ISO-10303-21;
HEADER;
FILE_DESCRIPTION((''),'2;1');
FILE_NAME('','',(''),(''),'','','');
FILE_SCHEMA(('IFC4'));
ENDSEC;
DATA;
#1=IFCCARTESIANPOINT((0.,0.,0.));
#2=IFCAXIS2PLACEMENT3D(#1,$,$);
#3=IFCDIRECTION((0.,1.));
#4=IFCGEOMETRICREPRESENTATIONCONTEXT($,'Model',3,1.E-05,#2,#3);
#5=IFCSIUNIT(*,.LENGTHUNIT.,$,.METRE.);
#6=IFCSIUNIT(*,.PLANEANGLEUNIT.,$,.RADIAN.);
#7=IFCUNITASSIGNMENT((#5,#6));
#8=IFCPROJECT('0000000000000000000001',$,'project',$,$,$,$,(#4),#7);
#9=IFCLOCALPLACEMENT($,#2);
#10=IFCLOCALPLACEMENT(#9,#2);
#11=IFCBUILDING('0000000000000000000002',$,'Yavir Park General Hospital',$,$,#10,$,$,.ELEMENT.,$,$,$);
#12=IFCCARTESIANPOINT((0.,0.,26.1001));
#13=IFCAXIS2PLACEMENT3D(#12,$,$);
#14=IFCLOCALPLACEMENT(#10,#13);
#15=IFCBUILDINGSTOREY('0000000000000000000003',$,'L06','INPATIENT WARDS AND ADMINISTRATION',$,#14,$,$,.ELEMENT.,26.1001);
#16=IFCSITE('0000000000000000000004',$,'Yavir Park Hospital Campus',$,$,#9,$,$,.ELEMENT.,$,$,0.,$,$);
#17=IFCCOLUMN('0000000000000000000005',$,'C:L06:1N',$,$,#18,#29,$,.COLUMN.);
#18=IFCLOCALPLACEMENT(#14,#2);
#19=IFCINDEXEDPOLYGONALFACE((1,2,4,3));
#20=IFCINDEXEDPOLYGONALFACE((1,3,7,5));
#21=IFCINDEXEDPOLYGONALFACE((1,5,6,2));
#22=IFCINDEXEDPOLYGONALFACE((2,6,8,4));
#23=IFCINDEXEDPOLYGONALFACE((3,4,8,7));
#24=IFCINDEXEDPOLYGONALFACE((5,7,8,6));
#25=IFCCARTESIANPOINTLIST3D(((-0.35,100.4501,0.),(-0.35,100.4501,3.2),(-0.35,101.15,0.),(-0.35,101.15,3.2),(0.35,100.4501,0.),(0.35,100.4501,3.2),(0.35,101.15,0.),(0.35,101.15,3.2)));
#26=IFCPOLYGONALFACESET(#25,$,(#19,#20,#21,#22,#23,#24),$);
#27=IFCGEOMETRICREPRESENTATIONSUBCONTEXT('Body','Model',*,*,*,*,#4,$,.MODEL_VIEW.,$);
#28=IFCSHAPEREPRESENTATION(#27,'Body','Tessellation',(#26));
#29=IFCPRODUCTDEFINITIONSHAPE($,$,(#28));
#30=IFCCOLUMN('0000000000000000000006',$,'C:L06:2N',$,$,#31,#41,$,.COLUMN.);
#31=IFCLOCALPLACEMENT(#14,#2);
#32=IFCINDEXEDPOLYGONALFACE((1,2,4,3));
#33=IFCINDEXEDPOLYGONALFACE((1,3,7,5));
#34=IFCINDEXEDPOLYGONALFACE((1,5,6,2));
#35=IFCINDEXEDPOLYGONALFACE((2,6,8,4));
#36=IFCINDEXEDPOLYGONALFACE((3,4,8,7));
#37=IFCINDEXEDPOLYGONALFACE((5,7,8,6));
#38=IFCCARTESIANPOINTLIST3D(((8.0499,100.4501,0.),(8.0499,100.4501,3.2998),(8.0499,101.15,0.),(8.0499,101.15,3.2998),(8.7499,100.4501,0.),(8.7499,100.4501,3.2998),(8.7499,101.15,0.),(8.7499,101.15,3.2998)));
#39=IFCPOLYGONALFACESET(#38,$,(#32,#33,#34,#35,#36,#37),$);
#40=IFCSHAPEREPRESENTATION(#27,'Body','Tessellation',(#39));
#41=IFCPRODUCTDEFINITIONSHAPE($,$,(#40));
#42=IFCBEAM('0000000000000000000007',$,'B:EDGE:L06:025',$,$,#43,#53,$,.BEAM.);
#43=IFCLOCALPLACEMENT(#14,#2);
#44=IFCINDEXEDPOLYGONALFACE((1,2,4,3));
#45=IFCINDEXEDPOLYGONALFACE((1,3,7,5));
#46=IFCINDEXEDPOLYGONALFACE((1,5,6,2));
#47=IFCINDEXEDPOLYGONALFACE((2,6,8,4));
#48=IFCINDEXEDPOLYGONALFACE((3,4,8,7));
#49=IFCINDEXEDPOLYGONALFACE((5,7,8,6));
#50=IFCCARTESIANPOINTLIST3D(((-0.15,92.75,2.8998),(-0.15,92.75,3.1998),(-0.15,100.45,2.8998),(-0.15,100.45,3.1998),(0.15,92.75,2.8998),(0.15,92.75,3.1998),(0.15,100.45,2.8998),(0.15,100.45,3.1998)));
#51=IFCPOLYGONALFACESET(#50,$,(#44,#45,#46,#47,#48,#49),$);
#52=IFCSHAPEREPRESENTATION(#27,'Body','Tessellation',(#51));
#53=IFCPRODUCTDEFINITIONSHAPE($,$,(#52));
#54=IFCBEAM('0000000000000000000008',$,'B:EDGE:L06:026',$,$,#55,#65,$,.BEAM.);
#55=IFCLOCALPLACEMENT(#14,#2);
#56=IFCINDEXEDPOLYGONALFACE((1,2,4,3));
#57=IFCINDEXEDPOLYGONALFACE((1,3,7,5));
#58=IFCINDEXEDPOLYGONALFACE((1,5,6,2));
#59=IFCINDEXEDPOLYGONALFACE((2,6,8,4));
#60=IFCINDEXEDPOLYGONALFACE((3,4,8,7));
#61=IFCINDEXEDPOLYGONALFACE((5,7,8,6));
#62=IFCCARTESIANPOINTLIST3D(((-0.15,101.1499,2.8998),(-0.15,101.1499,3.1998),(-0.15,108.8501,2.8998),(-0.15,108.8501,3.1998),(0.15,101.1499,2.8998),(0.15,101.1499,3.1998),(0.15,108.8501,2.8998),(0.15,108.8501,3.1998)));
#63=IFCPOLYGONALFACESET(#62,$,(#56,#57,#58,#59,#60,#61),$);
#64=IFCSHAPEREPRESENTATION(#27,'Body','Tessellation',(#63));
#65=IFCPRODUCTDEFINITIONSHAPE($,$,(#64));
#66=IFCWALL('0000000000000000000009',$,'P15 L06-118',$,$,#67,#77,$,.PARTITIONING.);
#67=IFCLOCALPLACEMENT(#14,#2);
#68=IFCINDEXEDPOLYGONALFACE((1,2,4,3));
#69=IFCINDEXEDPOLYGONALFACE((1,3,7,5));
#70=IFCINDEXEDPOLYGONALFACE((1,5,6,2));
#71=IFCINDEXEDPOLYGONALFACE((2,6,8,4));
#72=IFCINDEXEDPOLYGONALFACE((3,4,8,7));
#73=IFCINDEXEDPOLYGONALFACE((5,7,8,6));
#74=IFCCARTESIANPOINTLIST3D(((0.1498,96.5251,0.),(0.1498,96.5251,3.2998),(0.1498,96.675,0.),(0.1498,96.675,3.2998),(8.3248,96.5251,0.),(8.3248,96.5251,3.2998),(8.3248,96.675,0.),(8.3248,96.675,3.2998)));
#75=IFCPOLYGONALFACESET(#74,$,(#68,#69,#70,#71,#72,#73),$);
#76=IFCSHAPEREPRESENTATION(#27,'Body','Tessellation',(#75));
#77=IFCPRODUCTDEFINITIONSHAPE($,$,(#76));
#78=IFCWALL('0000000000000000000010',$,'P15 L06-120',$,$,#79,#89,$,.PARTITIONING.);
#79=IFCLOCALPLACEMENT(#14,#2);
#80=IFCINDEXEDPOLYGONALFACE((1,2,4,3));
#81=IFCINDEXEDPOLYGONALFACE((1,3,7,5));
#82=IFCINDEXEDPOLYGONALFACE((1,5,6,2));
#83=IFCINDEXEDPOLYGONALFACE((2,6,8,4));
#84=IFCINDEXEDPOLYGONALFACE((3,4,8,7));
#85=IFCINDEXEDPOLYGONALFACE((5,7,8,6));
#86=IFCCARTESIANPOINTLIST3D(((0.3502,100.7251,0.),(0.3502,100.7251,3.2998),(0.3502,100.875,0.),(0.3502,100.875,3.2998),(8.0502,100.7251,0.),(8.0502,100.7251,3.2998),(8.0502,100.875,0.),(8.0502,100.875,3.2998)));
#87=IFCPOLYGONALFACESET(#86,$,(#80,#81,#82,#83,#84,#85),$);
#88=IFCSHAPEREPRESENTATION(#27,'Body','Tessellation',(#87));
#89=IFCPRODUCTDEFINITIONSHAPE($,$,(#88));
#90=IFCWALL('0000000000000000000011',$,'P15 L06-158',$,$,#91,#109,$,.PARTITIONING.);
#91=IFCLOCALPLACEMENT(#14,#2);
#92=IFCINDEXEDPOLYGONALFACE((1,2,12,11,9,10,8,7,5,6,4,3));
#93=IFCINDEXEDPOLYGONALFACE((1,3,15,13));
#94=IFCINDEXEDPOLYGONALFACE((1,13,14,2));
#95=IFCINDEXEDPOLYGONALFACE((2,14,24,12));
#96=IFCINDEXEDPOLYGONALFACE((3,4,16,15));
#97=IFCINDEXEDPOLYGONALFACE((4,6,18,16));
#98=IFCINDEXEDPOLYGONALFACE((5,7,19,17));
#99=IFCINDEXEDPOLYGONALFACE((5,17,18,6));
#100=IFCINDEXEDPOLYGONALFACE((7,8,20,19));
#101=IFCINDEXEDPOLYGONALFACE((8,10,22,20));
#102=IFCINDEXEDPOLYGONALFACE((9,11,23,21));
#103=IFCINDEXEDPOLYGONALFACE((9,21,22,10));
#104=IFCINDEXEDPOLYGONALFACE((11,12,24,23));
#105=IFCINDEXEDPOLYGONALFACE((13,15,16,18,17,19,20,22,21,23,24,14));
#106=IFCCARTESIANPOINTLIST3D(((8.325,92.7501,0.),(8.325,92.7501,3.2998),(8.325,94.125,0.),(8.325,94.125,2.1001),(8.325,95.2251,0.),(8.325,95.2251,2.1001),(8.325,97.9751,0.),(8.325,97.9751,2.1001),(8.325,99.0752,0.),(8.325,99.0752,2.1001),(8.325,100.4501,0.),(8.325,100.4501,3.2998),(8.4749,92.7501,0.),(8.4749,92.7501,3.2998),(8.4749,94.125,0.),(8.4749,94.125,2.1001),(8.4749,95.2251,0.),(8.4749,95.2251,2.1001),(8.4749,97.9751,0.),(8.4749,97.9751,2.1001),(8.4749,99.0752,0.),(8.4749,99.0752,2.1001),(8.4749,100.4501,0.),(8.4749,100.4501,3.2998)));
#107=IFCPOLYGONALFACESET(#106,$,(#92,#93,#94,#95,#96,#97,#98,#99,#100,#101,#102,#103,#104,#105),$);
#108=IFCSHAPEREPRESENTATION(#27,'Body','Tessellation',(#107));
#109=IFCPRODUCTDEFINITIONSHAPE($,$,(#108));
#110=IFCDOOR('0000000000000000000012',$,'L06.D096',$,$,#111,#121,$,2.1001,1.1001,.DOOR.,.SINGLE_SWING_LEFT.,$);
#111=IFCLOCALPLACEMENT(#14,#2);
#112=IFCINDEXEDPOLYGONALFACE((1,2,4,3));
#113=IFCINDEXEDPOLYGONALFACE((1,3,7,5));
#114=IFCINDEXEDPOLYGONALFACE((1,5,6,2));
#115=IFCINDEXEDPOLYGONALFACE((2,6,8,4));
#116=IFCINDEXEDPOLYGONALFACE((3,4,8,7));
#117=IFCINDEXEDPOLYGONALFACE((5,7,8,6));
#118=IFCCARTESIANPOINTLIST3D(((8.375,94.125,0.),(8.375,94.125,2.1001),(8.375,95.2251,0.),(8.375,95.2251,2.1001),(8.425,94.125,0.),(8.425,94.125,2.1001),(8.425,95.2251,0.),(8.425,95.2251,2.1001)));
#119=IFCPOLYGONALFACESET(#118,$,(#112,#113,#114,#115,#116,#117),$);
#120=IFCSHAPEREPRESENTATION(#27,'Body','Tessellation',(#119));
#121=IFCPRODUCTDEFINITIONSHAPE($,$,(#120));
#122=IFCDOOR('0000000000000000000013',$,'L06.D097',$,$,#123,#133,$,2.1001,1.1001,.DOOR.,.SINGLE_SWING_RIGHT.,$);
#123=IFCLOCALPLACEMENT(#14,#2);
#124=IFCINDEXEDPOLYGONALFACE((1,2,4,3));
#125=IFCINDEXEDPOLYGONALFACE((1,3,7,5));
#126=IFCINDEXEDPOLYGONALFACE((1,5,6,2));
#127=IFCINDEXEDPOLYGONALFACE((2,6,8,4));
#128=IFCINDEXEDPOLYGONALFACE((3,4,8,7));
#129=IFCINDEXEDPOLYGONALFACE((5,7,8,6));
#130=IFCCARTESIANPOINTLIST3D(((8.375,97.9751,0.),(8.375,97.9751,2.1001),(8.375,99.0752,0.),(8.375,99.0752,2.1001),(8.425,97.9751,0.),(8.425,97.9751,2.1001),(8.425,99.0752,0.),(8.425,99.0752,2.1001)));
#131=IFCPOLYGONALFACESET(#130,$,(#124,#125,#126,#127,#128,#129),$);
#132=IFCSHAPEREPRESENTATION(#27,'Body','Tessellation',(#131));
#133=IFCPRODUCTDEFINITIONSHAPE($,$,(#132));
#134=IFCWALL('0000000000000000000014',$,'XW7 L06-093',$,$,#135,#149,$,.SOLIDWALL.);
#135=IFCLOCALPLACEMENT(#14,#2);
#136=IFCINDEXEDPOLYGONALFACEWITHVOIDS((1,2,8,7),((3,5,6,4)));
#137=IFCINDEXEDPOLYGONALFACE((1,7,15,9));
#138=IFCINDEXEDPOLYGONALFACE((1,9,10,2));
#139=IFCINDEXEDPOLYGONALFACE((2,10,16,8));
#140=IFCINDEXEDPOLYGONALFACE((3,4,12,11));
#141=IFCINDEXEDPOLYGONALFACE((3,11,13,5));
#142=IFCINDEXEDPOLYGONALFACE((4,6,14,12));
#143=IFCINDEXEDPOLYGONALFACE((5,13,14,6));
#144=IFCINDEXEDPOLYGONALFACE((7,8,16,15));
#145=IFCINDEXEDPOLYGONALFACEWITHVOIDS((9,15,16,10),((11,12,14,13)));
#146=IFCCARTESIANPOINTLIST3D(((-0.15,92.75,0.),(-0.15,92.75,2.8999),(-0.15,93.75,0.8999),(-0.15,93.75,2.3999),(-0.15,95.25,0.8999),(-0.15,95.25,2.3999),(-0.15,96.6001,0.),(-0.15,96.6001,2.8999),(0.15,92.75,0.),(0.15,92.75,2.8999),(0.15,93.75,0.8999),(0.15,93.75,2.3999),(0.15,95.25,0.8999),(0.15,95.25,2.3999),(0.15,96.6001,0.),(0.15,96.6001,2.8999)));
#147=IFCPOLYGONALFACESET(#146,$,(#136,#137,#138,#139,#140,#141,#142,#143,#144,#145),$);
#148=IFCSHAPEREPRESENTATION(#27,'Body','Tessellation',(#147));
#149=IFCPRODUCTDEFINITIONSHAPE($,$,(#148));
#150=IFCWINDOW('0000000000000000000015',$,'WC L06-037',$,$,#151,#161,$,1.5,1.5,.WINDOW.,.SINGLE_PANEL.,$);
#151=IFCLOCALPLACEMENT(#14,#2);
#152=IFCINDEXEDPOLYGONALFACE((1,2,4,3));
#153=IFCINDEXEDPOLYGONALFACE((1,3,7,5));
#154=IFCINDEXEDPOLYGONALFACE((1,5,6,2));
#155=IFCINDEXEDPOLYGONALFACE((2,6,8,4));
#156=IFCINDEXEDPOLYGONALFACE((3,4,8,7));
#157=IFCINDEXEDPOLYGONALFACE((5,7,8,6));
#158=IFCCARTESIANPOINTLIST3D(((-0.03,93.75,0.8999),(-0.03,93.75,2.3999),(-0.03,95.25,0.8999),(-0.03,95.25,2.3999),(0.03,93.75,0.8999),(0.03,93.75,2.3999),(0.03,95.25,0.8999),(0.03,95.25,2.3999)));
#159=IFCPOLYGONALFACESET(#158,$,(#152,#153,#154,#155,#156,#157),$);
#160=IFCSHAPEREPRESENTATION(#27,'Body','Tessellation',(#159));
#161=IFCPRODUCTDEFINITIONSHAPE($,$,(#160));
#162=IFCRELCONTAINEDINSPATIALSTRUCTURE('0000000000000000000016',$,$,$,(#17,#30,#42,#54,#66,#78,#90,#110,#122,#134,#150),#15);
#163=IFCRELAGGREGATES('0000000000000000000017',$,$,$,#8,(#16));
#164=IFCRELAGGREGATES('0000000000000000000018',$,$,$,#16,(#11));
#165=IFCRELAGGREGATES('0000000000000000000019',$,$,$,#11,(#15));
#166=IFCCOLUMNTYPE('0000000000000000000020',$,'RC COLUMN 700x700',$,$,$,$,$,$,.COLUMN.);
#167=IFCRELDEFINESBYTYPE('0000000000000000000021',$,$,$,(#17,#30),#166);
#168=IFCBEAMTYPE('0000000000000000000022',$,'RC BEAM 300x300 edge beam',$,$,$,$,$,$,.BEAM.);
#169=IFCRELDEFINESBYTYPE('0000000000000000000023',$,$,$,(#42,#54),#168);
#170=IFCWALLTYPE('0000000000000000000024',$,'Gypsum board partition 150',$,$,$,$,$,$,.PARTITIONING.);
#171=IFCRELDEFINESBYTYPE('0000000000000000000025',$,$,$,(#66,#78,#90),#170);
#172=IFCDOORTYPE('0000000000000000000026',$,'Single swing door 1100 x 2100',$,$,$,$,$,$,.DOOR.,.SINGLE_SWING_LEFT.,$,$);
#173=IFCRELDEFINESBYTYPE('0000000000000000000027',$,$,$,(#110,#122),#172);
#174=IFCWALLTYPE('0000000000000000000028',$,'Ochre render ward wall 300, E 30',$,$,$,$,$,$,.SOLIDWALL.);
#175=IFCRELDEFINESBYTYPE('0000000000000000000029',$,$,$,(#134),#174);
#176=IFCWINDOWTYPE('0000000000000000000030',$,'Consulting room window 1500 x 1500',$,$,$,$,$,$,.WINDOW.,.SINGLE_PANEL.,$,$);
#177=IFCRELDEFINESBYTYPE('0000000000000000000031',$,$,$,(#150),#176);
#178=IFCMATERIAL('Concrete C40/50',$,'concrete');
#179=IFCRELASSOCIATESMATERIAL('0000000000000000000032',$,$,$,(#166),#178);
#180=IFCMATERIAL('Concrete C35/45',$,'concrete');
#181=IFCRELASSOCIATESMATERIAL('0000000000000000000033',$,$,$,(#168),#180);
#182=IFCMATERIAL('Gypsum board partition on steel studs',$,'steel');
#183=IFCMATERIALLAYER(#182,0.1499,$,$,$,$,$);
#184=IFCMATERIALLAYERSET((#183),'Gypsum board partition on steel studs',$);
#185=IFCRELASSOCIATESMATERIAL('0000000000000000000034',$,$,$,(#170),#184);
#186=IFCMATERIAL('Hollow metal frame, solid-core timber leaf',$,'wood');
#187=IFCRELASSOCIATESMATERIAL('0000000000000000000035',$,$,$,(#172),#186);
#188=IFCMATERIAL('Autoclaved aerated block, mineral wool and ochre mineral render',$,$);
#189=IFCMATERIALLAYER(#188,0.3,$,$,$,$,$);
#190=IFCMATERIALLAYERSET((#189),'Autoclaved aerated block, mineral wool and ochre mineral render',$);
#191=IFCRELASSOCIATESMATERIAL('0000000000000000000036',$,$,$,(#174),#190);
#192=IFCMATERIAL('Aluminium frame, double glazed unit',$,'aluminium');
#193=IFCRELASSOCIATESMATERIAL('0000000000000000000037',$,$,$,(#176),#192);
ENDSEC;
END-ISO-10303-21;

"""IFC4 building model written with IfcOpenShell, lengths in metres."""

from ifc_helpers import new_model, si_unit, direction, frame, frame_2d, origin, origin_2d, place, context, subcontext, project, spatial, rectangle, extrude, material, layer, layer_set, material_profile, profile_set, type_object, element, fill, save


model = new_model("IFC4")

# Units and contexts
model_context = context("Model", 3, precision=1e-05, world=origin(), true_north=direction((0.0, 1.0)))
body_context = subcontext(model_context, "Body", "Model", "MODEL_VIEW")
ifc_project = project(units=[si_unit("LENGTHUNIT", "METRE"), si_unit("PLANEANGLEUNIT", "RADIAN")], contexts=[model_context])

# Site, building, storey
site_placement = place(None, origin())
site = spatial("IfcSite", under=ifc_project, at=site_placement, Name="Yavir Park Hospital Campus", CompositionType="ELEMENT", RefElevation=0.0)
building_placement = place(site_placement, origin())
building = spatial("IfcBuilding", under=site, at=building_placement, Name="Yavir Park General Hospital", CompositionType="ELEMENT")
storey_placement = place(building_placement, frame((0.0, 0.0, 26.1001)))
storey = spatial("IfcBuildingStorey", under=building, at=storey_placement, Name="L06", Description="INPATIENT WARDS AND ADMINISTRATION", CompositionType="ELEMENT", Elevation=26.1001)

# Columns
ifc_material_1 = material(Name="Concrete C40/50", Category="concrete")
ifc_material_profile_1 = material_profile(ifc_material_1, rectangle(XDim=0.7, YDim=0.7, at=origin_2d()), Name="RC700x700")
ifc_profile_set_1 = profile_set([ifc_material_profile_1], Name="Concrete C40/50")
column_type = type_object("IfcColumnType", Name="RC COLUMN 700x700", PredefinedType="COLUMN", material=ifc_profile_set_1)
column_1_placement = place(storey_placement, frame((0.0, 100.8, 0.0), z_axis=(0.0, 0.0, 1.0), x_axis=(1.0, 0.0, 0.0)))
element("IfcColumn", 1, at=column_1_placement, inside=storey, type_object=column_type, Name="C:L06:1N", PredefinedType="COLUMN", context=body_context, shape_type="SweptSolid", body=[
    extrude(rectangle(XDim=0.7, YDim=0.7, at=origin_2d()), origin(), (0.0, 0.0, 1.0), 3.2),
])
column_2_placement = place(storey_placement, frame((8.3999, 100.8, 0.0), z_axis=(0.0, 0.0, 1.0), x_axis=(1.0, 0.0, 0.0)))
element("IfcColumn", 2, at=column_2_placement, inside=storey, type_object=column_type, Name="C:L06:2N", PredefinedType="COLUMN", context=body_context, shape_type="SweptSolid", body=[
    extrude(rectangle(XDim=0.7, YDim=0.7, at=origin_2d()), origin(), (0.0, 0.0, 1.0), 3.2998),
])

# Beams
ifc_material_2 = material(Name="Concrete C35/45", Category="concrete")
ifc_material_profile_2 = material_profile(ifc_material_2, rectangle(XDim=0.3, YDim=0.3, at=origin_2d()), Name="RC300x300")
ifc_profile_set_2 = profile_set([ifc_material_profile_2], Name="Concrete C35/45")
beam_type = type_object("IfcBeamType", Name="RC BEAM 300x300 edge beam", PredefinedType="BEAM", material=ifc_profile_set_2)
beam_1_placement = place(storey_placement, frame((0.0, 92.75, 3.0498), z_axis=(0.0, 1.0, 0.0), x_axis=(-1.0, 0.0, 0.0)))
element("IfcBeam", 3, at=beam_1_placement, inside=storey, type_object=beam_type, Name="B:EDGE:L06:025", PredefinedType="BEAM", context=body_context, shape_type="SweptSolid", body=[
    extrude(rectangle(XDim=0.3, YDim=0.3, at=origin_2d()), origin(), (0.0, 0.0, 1.0), 7.7),
])
beam_2_placement = place(storey_placement, frame((0.0, 101.1499, 3.0498), z_axis=(0.0, 1.0, 0.0), x_axis=(-1.0, 0.0, 0.0)))
element("IfcBeam", 4, at=beam_2_placement, inside=storey, type_object=beam_type, Name="B:EDGE:L06:026", PredefinedType="BEAM", context=body_context, shape_type="SweptSolid", body=[
    extrude(rectangle(XDim=0.3, YDim=0.3, at=origin_2d()), origin(), (0.0, 0.0, 1.0), 7.7002),
])

# Walls
ifc_material_3 = material(Name="Gypsum board partition on steel studs", Category="steel")
ifc_layer_1 = layer(ifc_material_3, 0.1499)
ifc_layer_set_1 = layer_set([ifc_layer_1], Name="Gypsum board partition on steel studs")
wall_type_1 = type_object("IfcWallType", Name="Gypsum board partition 150", PredefinedType="PARTITIONING", material=ifc_layer_set_1)
wall_1_placement = place(storey_placement, frame((0.1499, 96.6001, 0.0), z_axis=(0.0, 0.0, 1.0), x_axis=(1.0, 0.0, 0.0)))
element("IfcWall", 5, at=wall_1_placement, inside=storey, type_object=wall_type_1, Name="P15 L06-118", PredefinedType="PARTITIONING", context=body_context, shape_type="SweptSolid", body=[
    extrude(rectangle(XDim=8.175, YDim=0.1499, at=frame_2d((4.0874, 0.0))), origin(), (0.0, 0.0, 1.0), 3.2998),
])
wall_2_placement = place(storey_placement, frame((0.3501, 100.8, 0.0), z_axis=(0.0, 0.0, 1.0), x_axis=(1.0, 0.0, 0.0)))
element("IfcWall", 6, at=wall_2_placement, inside=storey, type_object=wall_type_1, Name="P15 L06-120", PredefinedType="PARTITIONING", context=body_context, shape_type="SweptSolid", body=[
    extrude(rectangle(XDim=7.7, YDim=0.1499, at=frame_2d((3.8501, 0.0))), origin(), (0.0, 0.0, 1.0), 3.2998),
])

# Wall, openings, doors
wall_3_placement = place(storey_placement, frame((8.3999, 92.75, 0.0), z_axis=(0.0, 0.0, 1.0), x_axis=(0.0, 1.0, 0.0)))
wall_3 = element("IfcWall", 7, at=wall_3_placement, inside=storey, type_object=wall_type_1, Name="P15 L06-158", PredefinedType="PARTITIONING", context=body_context, shape_type="SweptSolid", body=[
    extrude(rectangle(XDim=7.7, YDim=0.1499, at=frame_2d((3.8501, 0.0))), origin(), (0.0, 0.0, 1.0), 3.2998),
])
opening_1_placement = place(wall_3_placement, frame((1.375, 0.0, 0.0)))
opening_1 = element("IfcOpeningElement", 8, at=opening_1_placement, cuts=wall_3, PredefinedType="OPENING", context=body_context, shape_type="SweptSolid", body=[
    extrude(rectangle(XDim=1.1001, YDim=2.1001, at=frame_2d((0.55, 1.05))), frame((0.0, 0.085, 0.0), z_axis=(0.0, -1.0, 0.0), x_axis=(1.0, 0.0, 0.0)), (0.0, 0.0, 1.0), 0.1699),
])
opening_2_placement = place(wall_3_placement, frame((5.2251, 0.0, 0.0)))
opening_2 = element("IfcOpeningElement", 9, at=opening_2_placement, cuts=wall_3, PredefinedType="OPENING", context=body_context, shape_type="SweptSolid", body=[
    extrude(rectangle(XDim=1.1001, YDim=2.1001, at=frame_2d((0.55, 1.05))), frame((0.0, 0.085, 0.0), z_axis=(0.0, -1.0, 0.0), x_axis=(1.0, 0.0, 0.0)), (0.0, 0.0, 1.0), 0.1699),
])
ifc_material_4 = material(Name="Hollow metal frame, solid-core timber leaf", Category="wood")
door_type = type_object("IfcDoorType", Name="Single swing door 1100 x 2100", OperationType="SINGLE_SWING_LEFT", PredefinedType="DOOR", material=ifc_material_4)
door_1_placement = place(opening_1_placement, origin())
door_1 = element("IfcDoor", 10, at=door_1_placement, inside=storey, type_object=door_type, Name="L06.D096", OperationType="SINGLE_SWING_LEFT", OverallHeight=2.1001, OverallWidth=1.1001, PredefinedType="DOOR", context=body_context, shape_type="SweptSolid", body=[
    extrude(rectangle(XDim=1.1001, YDim=2.1001, at=frame_2d((0.55, 1.05))), frame((0.0, 0.0249, 0.0), z_axis=(0.0, -1.0, 0.0), x_axis=(1.0, 0.0, 0.0)), (0.0, 0.0, 1.0), 0.05),
])
fill(opening_1, door_1)
door_2_placement = place(opening_2_placement, origin())
door_2 = element("IfcDoor", 11, at=door_2_placement, inside=storey, type_object=door_type, Name="L06.D097", OperationType="SINGLE_SWING_RIGHT", OverallHeight=2.1001, OverallWidth=1.1001, PredefinedType="DOOR", context=body_context, shape_type="SweptSolid", body=[
    extrude(rectangle(XDim=1.1001, YDim=2.1001, at=frame_2d((0.55, 1.05))), frame((0.0, 0.0249, 0.0), z_axis=(0.0, -1.0, 0.0), x_axis=(1.0, 0.0, 0.0)), (0.0, 0.0, 1.0), 0.05),
])
fill(opening_2, door_2)

# Wall, opening, window
ifc_material_5 = material(Name="Autoclaved aerated block, mineral wool and ochre mineral render")
ifc_layer_2 = layer(ifc_material_5, 0.3)
ifc_layer_set_2 = layer_set([ifc_layer_2], Name="Autoclaved aerated block, mineral wool and ochre mineral render")
wall_type_2 = type_object("IfcWallType", Name="Ochre render ward wall 300, E 30", PredefinedType="SOLIDWALL", material=ifc_layer_set_2)
wall_4_placement = place(storey_placement, frame((0.0, 92.75, 0.0), z_axis=(0.0, 0.0, 1.0), x_axis=(0.0, 1.0, 0.0)))
wall_4 = element("IfcWall", 12, at=wall_4_placement, inside=storey, type_object=wall_type_2, Name="XW7 L06-093", PredefinedType="SOLIDWALL", context=body_context, shape_type="SweptSolid", body=[
    extrude(rectangle(XDim=3.8501, YDim=0.3, at=frame_2d((1.925, 0.0))), origin(), (0.0, 0.0, 1.0), 2.8999),
])
opening_3_placement = place(wall_4_placement, frame((1.0, 0.0, 0.8999)))
opening_3 = element("IfcOpeningElement", 13, at=opening_3_placement, cuts=wall_4, PredefinedType="OPENING", context=body_context, shape_type="SweptSolid", body=[
    extrude(rectangle(XDim=1.5, YDim=1.5, at=frame_2d((0.75, 0.75))), frame((0.0, 0.1599, 0.0), z_axis=(0.0, -1.0, 0.0), x_axis=(1.0, 0.0, 0.0)), (0.0, 0.0, 1.0), 0.3201),
])
ifc_material_6 = material(Name="Aluminium frame, double glazed unit", Category="aluminium")
window_type = type_object("IfcWindowType", Name="Consulting room window 1500 x 1500", PartitioningType="SINGLE_PANEL", PredefinedType="WINDOW", material=ifc_material_6)
window_1_placement = place(opening_3_placement, origin())
window_1 = element("IfcWindow", 14, at=window_1_placement, inside=storey, type_object=window_type, Name="WC L06-037", OverallHeight=1.5, OverallWidth=1.5, PartitioningType="SINGLE_PANEL", PredefinedType="WINDOW", context=body_context, shape_type="SweptSolid", body=[
    extrude(rectangle(XDim=1.5, YDim=1.5, at=frame_2d((0.75, 0.75))), frame((0.0, 0.03, 0.0), z_axis=(0.0, -1.0, 0.0), x_axis=(1.0, 0.0, 0.0)), (0.0, 0.0, 1.0), 0.0601),
])
fill(opening_3, window_1)

save(model, "model.ifc")
